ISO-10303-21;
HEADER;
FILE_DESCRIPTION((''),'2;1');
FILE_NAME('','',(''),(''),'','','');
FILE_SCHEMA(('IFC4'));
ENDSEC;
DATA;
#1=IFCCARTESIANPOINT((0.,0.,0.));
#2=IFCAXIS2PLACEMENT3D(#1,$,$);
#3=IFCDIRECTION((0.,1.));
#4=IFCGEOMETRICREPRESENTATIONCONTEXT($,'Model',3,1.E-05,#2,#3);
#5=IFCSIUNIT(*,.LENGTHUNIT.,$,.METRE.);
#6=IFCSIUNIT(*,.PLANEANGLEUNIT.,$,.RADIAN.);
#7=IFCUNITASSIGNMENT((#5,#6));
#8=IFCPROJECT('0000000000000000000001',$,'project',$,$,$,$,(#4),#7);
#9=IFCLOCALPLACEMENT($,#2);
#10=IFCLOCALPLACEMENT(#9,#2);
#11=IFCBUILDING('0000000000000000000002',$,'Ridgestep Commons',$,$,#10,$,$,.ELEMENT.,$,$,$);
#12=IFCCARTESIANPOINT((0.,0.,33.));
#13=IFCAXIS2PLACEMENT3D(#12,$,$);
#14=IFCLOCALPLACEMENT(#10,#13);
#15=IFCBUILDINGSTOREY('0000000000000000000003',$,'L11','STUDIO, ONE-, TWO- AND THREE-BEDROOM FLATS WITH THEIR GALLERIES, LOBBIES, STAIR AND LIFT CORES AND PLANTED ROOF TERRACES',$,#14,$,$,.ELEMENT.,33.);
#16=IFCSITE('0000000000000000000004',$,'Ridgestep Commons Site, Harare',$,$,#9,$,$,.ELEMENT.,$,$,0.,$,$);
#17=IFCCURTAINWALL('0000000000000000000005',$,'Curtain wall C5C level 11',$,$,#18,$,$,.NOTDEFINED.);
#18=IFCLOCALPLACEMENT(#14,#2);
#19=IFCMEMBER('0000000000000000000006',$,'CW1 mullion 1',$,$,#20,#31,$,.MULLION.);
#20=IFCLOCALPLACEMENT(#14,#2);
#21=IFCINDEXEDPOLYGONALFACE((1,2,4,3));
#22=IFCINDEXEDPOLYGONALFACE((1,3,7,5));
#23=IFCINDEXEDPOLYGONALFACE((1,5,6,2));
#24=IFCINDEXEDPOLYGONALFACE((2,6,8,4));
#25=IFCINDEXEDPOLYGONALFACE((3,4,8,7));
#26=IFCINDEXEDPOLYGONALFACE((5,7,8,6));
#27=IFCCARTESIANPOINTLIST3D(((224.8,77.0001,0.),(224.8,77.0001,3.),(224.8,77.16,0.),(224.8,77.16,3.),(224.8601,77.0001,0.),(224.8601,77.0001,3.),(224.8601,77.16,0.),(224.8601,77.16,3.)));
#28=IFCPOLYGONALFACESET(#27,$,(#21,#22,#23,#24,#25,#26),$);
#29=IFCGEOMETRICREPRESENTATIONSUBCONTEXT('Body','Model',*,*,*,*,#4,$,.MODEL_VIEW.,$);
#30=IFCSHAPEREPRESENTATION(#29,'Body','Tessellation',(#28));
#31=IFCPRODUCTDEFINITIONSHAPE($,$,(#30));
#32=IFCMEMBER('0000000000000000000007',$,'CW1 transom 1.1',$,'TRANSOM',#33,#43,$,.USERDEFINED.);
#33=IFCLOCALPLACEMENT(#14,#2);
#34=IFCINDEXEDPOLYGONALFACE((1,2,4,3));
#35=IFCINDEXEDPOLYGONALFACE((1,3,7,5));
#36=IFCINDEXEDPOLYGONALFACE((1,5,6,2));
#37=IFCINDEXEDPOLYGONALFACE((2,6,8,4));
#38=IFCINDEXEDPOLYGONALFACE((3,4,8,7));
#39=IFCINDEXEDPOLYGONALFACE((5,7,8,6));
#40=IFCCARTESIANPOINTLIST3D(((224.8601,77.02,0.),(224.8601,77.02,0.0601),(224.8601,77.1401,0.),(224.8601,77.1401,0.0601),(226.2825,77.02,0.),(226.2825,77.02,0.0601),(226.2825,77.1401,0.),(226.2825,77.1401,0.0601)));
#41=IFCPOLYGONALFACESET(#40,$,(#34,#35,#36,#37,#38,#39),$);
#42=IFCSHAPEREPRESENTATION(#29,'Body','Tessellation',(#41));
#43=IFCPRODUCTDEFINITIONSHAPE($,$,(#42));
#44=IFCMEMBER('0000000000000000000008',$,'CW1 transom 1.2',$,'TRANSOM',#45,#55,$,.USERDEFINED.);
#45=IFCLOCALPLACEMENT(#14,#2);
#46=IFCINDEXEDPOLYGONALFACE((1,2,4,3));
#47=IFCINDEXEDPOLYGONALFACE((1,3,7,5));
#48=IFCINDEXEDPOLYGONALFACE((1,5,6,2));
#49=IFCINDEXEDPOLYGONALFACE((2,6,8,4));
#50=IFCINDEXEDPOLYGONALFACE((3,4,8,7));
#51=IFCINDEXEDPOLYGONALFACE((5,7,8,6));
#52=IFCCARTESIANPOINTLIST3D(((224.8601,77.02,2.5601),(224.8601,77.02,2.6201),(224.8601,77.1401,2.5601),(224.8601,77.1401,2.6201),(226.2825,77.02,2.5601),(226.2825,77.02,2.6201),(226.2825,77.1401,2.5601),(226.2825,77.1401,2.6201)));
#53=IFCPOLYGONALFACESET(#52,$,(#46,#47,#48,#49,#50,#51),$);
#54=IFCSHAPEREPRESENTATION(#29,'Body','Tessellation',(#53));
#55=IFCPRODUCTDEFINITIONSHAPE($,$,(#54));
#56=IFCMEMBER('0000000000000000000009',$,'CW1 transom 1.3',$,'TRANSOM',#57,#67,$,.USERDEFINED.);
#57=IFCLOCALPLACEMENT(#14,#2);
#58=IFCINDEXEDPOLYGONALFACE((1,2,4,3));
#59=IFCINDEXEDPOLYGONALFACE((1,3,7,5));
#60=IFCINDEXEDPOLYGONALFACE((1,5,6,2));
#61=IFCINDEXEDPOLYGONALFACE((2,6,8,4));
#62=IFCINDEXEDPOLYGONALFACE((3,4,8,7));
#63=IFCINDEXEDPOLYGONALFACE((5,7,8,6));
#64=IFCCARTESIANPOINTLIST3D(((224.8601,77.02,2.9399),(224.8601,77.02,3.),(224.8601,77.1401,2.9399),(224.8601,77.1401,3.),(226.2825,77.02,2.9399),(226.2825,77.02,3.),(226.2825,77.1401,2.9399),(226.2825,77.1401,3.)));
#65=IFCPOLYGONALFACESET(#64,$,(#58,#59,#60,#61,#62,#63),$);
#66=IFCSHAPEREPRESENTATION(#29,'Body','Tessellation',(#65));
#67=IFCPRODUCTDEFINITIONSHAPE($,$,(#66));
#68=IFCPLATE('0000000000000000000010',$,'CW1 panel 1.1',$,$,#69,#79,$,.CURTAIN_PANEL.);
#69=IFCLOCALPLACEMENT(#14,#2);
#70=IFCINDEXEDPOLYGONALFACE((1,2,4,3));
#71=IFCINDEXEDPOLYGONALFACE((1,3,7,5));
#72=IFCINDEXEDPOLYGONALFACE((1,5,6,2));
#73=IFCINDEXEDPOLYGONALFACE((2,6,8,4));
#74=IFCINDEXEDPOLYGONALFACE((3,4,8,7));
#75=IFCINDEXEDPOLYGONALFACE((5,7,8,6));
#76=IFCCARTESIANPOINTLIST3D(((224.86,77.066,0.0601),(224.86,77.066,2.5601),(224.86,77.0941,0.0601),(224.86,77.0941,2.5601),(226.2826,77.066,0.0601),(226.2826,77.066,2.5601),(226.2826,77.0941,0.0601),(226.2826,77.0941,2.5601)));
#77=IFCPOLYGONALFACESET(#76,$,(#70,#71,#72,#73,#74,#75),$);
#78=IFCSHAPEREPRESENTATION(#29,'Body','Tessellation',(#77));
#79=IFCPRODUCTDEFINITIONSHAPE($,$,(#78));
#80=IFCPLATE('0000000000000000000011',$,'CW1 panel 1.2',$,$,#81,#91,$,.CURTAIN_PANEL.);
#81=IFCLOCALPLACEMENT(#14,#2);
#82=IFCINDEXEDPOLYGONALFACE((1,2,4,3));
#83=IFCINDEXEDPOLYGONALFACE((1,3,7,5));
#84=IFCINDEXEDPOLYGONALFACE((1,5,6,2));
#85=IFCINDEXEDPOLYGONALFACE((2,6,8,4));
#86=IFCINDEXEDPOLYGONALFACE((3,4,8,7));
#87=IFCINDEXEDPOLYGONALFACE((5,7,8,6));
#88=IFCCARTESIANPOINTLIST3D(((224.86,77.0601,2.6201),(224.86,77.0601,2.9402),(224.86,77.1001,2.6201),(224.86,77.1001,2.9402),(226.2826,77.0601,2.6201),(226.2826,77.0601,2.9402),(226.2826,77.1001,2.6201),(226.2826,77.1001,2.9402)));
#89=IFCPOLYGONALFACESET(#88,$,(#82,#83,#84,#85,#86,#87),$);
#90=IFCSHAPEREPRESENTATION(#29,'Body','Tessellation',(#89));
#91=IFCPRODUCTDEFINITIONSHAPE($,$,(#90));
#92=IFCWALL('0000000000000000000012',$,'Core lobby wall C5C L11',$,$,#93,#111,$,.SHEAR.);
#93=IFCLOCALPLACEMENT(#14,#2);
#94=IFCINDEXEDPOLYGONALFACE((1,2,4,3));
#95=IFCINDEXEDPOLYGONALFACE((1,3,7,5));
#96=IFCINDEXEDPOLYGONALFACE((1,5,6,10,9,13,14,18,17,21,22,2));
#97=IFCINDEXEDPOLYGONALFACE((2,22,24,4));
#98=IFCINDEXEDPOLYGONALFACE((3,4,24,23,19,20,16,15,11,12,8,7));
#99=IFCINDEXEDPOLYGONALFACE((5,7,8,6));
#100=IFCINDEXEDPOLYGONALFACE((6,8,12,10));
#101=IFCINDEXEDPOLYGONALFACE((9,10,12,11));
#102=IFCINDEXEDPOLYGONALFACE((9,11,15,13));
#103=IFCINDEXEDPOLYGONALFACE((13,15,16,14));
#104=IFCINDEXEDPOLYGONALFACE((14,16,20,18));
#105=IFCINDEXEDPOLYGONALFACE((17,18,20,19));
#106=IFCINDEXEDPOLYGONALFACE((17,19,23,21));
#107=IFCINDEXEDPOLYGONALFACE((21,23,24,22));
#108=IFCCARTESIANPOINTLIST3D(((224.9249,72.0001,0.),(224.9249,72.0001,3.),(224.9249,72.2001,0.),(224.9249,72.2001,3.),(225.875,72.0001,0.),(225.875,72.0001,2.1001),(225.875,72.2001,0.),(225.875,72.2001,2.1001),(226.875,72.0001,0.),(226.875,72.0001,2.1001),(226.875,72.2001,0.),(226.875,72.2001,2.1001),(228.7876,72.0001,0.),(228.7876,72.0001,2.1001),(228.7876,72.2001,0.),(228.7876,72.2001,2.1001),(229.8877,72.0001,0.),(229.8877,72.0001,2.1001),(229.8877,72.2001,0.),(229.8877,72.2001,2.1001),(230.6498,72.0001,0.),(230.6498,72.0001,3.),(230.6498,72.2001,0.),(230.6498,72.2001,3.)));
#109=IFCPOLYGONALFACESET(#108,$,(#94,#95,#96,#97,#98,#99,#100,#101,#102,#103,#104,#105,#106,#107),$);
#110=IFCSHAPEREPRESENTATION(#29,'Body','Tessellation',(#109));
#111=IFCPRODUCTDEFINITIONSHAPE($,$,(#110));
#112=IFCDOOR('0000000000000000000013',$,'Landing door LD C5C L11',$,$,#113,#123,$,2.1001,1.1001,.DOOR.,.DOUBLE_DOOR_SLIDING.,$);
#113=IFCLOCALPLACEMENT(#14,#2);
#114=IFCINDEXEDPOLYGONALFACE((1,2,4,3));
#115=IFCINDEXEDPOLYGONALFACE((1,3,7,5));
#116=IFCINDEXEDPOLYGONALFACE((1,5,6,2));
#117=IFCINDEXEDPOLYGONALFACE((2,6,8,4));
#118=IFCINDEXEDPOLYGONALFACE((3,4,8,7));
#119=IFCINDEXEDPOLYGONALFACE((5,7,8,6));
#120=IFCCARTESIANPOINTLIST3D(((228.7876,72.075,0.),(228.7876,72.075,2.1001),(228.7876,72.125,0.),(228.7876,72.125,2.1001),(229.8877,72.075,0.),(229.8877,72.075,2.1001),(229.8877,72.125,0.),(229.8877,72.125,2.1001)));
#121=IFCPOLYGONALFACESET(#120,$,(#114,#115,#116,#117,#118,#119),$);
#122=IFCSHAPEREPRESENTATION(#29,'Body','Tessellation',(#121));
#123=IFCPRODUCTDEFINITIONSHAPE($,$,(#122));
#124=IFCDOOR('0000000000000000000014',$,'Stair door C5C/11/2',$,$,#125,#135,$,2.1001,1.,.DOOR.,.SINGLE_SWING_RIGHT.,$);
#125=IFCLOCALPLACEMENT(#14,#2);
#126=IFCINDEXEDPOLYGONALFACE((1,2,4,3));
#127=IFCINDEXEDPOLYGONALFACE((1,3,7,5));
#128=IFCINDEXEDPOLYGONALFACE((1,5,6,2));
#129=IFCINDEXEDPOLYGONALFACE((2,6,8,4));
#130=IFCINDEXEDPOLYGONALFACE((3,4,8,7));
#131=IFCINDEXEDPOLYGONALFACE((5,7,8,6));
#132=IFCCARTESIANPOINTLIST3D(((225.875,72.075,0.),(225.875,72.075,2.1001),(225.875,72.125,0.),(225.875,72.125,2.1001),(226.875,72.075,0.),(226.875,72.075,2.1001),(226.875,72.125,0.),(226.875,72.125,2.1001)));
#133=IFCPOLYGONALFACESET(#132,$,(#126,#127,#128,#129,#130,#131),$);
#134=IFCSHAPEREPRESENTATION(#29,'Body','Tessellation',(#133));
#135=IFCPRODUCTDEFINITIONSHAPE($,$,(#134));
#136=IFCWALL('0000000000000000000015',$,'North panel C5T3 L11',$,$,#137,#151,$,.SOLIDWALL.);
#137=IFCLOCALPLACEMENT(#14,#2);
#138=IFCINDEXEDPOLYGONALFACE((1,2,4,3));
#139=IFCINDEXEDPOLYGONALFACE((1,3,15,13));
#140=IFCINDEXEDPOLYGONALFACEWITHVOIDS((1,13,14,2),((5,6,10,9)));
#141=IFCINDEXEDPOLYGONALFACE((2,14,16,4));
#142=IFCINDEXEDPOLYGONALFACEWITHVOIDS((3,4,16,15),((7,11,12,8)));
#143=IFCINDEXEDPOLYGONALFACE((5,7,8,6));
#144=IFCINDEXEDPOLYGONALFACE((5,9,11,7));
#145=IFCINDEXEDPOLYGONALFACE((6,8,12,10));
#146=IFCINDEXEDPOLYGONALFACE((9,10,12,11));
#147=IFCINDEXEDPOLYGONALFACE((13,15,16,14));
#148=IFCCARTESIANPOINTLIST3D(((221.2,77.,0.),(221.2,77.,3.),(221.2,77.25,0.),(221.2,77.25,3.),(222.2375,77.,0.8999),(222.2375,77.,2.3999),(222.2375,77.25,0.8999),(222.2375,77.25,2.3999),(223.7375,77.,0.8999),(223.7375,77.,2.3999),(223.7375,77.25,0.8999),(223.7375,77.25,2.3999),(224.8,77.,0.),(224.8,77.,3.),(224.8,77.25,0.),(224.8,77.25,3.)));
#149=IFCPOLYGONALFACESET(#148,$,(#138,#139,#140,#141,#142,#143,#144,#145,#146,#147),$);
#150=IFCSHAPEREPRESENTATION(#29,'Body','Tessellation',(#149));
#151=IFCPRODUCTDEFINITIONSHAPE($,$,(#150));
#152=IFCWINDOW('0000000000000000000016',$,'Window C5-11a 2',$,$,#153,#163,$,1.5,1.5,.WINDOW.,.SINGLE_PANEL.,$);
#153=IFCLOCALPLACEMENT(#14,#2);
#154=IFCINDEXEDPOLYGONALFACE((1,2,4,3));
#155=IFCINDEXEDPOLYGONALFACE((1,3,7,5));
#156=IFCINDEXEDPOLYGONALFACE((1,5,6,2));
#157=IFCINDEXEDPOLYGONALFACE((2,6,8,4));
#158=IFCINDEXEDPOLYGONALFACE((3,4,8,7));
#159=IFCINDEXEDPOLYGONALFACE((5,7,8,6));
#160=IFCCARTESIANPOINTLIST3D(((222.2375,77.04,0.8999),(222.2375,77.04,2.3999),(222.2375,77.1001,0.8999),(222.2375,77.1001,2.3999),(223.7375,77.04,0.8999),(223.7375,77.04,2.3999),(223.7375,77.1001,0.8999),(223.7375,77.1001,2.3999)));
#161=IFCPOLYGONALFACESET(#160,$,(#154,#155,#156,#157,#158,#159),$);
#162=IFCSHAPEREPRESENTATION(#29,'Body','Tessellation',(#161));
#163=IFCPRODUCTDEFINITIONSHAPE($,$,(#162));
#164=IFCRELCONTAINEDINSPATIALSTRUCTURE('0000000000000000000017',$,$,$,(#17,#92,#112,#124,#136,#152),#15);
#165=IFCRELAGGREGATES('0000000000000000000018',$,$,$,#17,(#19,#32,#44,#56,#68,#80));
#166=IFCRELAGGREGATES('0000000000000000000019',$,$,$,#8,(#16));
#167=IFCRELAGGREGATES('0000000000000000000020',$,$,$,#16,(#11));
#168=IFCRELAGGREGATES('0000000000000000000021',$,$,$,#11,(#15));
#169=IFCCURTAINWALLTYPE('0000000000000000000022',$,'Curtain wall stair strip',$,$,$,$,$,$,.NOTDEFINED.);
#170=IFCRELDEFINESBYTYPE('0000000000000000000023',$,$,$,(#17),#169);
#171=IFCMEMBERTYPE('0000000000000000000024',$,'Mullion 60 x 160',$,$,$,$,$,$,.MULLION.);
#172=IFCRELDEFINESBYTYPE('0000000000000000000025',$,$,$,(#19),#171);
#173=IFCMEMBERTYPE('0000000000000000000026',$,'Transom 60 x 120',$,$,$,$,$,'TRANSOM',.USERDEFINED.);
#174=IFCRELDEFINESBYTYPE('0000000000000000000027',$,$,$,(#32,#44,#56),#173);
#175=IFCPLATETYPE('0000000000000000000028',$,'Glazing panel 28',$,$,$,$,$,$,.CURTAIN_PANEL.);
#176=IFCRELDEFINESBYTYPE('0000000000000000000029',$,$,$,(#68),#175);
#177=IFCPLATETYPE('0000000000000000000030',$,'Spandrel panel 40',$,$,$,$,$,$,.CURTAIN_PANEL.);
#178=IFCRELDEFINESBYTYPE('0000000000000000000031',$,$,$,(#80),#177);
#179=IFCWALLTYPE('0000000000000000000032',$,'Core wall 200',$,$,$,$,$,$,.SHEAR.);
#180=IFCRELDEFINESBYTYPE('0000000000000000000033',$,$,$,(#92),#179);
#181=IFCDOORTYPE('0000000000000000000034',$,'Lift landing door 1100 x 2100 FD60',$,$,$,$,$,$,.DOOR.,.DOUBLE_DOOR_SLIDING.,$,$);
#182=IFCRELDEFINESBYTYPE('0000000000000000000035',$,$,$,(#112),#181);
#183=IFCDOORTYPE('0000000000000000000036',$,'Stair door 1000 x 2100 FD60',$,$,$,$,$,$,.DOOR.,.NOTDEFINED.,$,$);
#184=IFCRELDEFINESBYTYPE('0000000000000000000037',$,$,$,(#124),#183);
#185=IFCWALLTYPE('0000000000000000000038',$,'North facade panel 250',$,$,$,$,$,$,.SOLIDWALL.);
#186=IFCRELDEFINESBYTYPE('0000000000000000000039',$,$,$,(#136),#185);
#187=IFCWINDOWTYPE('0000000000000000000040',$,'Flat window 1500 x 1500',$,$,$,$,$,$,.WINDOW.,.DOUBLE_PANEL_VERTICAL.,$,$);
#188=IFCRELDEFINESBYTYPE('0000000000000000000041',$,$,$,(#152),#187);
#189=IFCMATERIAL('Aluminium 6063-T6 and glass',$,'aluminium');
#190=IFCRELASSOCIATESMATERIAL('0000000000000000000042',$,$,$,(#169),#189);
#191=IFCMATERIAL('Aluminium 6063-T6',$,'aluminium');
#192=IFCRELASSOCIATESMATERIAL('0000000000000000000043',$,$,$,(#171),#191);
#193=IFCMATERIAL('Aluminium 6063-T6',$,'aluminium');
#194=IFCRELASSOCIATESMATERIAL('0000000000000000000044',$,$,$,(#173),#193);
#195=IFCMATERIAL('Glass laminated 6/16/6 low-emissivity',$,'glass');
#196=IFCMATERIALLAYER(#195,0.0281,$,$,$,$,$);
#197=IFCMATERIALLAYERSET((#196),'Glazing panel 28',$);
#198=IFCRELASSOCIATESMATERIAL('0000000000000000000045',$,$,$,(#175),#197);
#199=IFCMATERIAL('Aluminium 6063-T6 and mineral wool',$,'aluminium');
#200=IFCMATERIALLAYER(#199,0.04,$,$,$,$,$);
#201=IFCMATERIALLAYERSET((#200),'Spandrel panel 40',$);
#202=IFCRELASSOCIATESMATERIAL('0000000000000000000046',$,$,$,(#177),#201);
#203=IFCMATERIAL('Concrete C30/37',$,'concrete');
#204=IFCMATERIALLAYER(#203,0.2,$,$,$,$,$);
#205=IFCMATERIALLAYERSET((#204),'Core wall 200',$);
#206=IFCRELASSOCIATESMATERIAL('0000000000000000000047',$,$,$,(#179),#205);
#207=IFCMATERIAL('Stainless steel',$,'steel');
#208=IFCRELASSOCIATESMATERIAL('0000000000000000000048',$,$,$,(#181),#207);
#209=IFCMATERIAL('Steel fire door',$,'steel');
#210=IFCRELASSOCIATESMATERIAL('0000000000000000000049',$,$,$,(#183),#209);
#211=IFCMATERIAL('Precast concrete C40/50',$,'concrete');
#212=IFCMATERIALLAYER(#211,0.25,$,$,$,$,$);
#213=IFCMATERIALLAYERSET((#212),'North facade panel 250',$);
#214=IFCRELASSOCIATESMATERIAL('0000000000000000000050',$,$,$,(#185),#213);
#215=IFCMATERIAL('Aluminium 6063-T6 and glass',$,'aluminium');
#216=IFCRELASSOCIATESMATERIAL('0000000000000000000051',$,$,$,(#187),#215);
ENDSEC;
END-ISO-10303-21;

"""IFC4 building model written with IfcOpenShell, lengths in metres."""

from ifc_helpers import new_model, si_unit, direction, frame, frame_2d, origin, origin_2d, place, context, subcontext, project, spatial, rectangle, extrude, material, layer, layer_set, material_profile, profile_set, type_object, element, fill, aggregate, save


model = new_model("IFC4")

# Units and contexts
model_context = context("Model", 3, precision=1e-05, world=origin(), true_north=direction((0.0, 1.0)))
body_context = subcontext(model_context, "Body", "Model", "MODEL_VIEW")
ifc_project = project(units=[si_unit("LENGTHUNIT", "METRE"), si_unit("PLANEANGLEUNIT", "RADIAN")], contexts=[model_context])

# Site, building, storey
site_placement = place(None, origin())
site = spatial("IfcSite", under=ifc_project, at=site_placement, Name="Ridgestep Commons Site, Harare", CompositionType="ELEMENT", RefElevation=0.0)
building_placement = place(site_placement, origin())
building = spatial("IfcBuilding", under=site, at=building_placement, Name="Ridgestep Commons", CompositionType="ELEMENT")
storey_placement = place(building_placement, frame((0.0, 0.0, 33.0)))
storey = spatial("IfcBuildingStorey", under=building, at=storey_placement, Name="L11", Description="STUDIO, ONE-, TWO- AND THREE-BEDROOM FLATS WITH THEIR GALLERIES, LOBBIES, STAIR AND LIFT CORES AND PLANTED ROOF TERRACES", CompositionType="ELEMENT", Elevation=33.0)

# Curtain wall, members, plates
ifc_material_1 = material(Name="Aluminium 6063-T6 and glass", Category="aluminium")
curtain_wall_type = type_object("IfcCurtainWallType", Name="Curtain wall stair strip", PredefinedType="NOTDEFINED", material=ifc_material_1)
curtain_wall_placement = place(storey_placement, origin())
curtain_wall = element("IfcCurtainWall", 1, at=curtain_wall_placement, inside=storey, type_object=curtain_wall_type, Name="Curtain wall C5C level 11", PredefinedType="NOTDEFINED")
ifc_material_2 = material(Name="Aluminium 6063-T6", Category="aluminium")
ifc_material_profile_1 = material_profile(ifc_material_2, rectangle(XDim=0.1599, YDim=0.0601, at=origin_2d()), Name="Mullion 60 x 160")
ifc_profile_set_1 = profile_set([ifc_material_profile_1], Name="Aluminium 6063-T6")
member_type_1 = type_object("IfcMemberType", Name="Mullion 60 x 160", PredefinedType="MULLION", material=ifc_profile_set_1)
member_1_placement = place(storey_placement, frame((224.8301, 77.0801, 0.0), z_axis=(0.0, 0.0, 1.0), x_axis=(0.0, 1.0, 0.0)))
member_1 = element("IfcMember", 2, at=member_1_placement, type_object=member_type_1, Name="CW1 mullion 1", PredefinedType="MULLION", context=body_context, shape_type="SweptSolid", body=[
    extrude(rectangle(XDim=0.1599, YDim=0.0601, at=origin_2d()), origin(), (0.0, 0.0, 1.0), 3.0),
])
ifc_material_3 = material(Name="Aluminium 6063-T6", Category="aluminium")
ifc_material_profile_2 = material_profile(ifc_material_3, rectangle(XDim=0.1201, YDim=0.0601, at=origin_2d()), Name="Transom 60 x 120")
ifc_profile_set_2 = profile_set([ifc_material_profile_2], Name="Aluminium 6063-T6")
member_type_2 = type_object("IfcMemberType", Name="Transom 60 x 120", ElementType="TRANSOM", PredefinedType="USERDEFINED", material=ifc_profile_set_2)
member_2_placement = place(storey_placement, frame((224.8601, 77.0801, 0.03), z_axis=(1.0, 0.0, 0.0), x_axis=(0.0, 1.0, 0.0)))
member_2 = element("IfcMember", 3, at=member_2_placement, type_object=member_type_2, Name="CW1 transom 1.1", ObjectType="TRANSOM", PredefinedType="USERDEFINED", context=body_context, shape_type="SweptSolid", body=[
    extrude(rectangle(XDim=0.1201, YDim=0.0601, at=origin_2d()), origin(), (0.0, 0.0, 1.0), 1.4224),
])
member_3_placement = place(storey_placement, frame((224.8601, 77.0801, 2.5901), z_axis=(1.0, 0.0, 0.0), x_axis=(0.0, 1.0, 0.0)))
member_3 = element("IfcMember", 4, at=member_3_placement, type_object=member_type_2, Name="CW1 transom 1.2", ObjectType="TRANSOM", PredefinedType="USERDEFINED", context=body_context, shape_type="SweptSolid", body=[
    extrude(rectangle(XDim=0.1201, YDim=0.0601, at=origin_2d()), origin(), (0.0, 0.0, 1.0), 1.4224),
])
member_4_placement = place(storey_placement, frame((224.8601, 77.0801, 2.97), z_axis=(1.0, 0.0, 0.0), x_axis=(0.0, 1.0, 0.0)))
member_4 = element("IfcMember", 5, at=member_4_placement, type_object=member_type_2, Name="CW1 transom 1.3", ObjectType="TRANSOM", PredefinedType="USERDEFINED", context=body_context, shape_type="SweptSolid", body=[
    extrude(rectangle(XDim=0.1201, YDim=0.0601, at=origin_2d()), origin(), (0.0, 0.0, 1.0), 1.4224),
])
ifc_material_4 = material(Name="Glass laminated 6/16/6 low-emissivity", Category="glass")
ifc_layer_1 = layer(ifc_material_4, 0.0281)
ifc_layer_set_1 = layer_set([ifc_layer_1], Name="Glazing panel 28")
plate_type_1 = type_object("IfcPlateType", Name="Glazing panel 28", PredefinedType="CURTAIN_PANEL", material=ifc_layer_set_1)
plate_1_placement = place(storey_placement, frame((225.5713, 77.0801, 0.0601), z_axis=(0.0, 0.0, 1.0), x_axis=(1.0, 0.0, 0.0)))
plate_1 = element("IfcPlate", 6, at=plate_1_placement, type_object=plate_type_1, Name="CW1 panel 1.1", PredefinedType="CURTAIN_PANEL", context=body_context, shape_type="SweptSolid", body=[
    extrude(rectangle(XDim=1.4226, YDim=0.0281, at=origin_2d()), origin(), (0.0, 0.0, 1.0), 2.5),
])
ifc_material_5 = material(Name="Aluminium 6063-T6 and mineral wool", Category="aluminium")
ifc_layer_2 = layer(ifc_material_5, 0.04)
ifc_layer_set_2 = layer_set([ifc_layer_2], Name="Spandrel panel 40")
plate_type_2 = type_object("IfcPlateType", Name="Spandrel panel 40", PredefinedType="CURTAIN_PANEL", material=ifc_layer_set_2)
plate_2_placement = place(storey_placement, frame((225.5713, 77.0801, 2.6201), z_axis=(0.0, 0.0, 1.0), x_axis=(1.0, 0.0, 0.0)))
plate_2 = element("IfcPlate", 7, at=plate_2_placement, type_object=plate_type_2, Name="CW1 panel 1.2", PredefinedType="CURTAIN_PANEL", context=body_context, shape_type="SweptSolid", body=[
    extrude(rectangle(XDim=1.4226, YDim=0.04, at=origin_2d()), origin(), (0.0, 0.0, 1.0), 0.3201),
])
aggregate(curtain_wall, [member_1, member_2, member_3, member_4, plate_1, plate_2])

# Wall, openings, doors
ifc_material_6 = material(Name="Concrete C30/37", Category="concrete")
ifc_layer_3 = layer(ifc_material_6, 0.2)
ifc_layer_set_3 = layer_set([ifc_layer_3], Name="Core wall 200")
wall_type_1 = type_object("IfcWallType", Name="Core wall 200", PredefinedType="SHEAR", material=ifc_layer_set_3)
wall_1_placement = place(storey_placement, frame((224.925, 72.1001, 0.0), z_axis=(0.0, 0.0, 1.0), x_axis=(1.0, 0.0, 0.0)))
wall_1 = element("IfcWall", 8, at=wall_1_placement, inside=storey, type_object=wall_type_1, Name="Core lobby wall C5C L11", PredefinedType="SHEAR", context=body_context, shape_type="SweptSolid", body=[
    extrude(rectangle(XDim=5.7249, YDim=0.2, at=frame_2d((2.8623, 0.0))), origin(), (0.0, 0.0, 1.0), 3.0),
])
opening_1_placement = place(wall_1_placement, frame((0.95, 0.0, 0.0)))
opening_1 = element("IfcOpeningElement", 9, at=opening_1_placement, cuts=wall_1, PredefinedType="OPENING", context=body_context, shape_type="SweptSolid", body=[
    extrude(rectangle(XDim=1.0, YDim=2.1001, at=frame_2d((0.5, 1.05))), frame((0.0, 0.1099, 0.0), z_axis=(0.0, -1.0, 0.0), x_axis=(1.0, 0.0, 0.0)), (0.0, 0.0, 1.0), 0.22),
])
opening_2_placement = place(wall_1_placement, frame((3.8625, 0.0, 0.0)))
opening_2 = element("IfcOpeningElement", 10, at=opening_2_placement, cuts=wall_1, PredefinedType="OPENING", context=body_context, shape_type="SweptSolid", body=[
    extrude(rectangle(XDim=1.1001, YDim=2.1001, at=frame_2d((0.55, 1.05))), frame((0.0, 0.1099, 0.0), z_axis=(0.0, -1.0, 0.0), x_axis=(1.0, 0.0, 0.0)), (0.0, 0.0, 1.0), 0.22),
])
ifc_material_7 = material(Name="Stainless steel", Category="steel")
door_type_1 = type_object("IfcDoorType", Name="Lift landing door 1100 x 2100 FD60", OperationType="DOUBLE_DOOR_SLIDING", PredefinedType="DOOR", material=ifc_material_7)
door_1_placement = place(opening_2_placement, origin())
door_1 = element("IfcDoor", 11, at=door_1_placement, inside=storey, type_object=door_type_1, Name="Landing door LD C5C L11", OperationType="DOUBLE_DOOR_SLIDING", OverallHeight=2.1001, OverallWidth=1.1001, PredefinedType="DOOR", context=body_context, shape_type="SweptSolid", body=[
    extrude(rectangle(XDim=1.1001, YDim=2.1001, at=frame_2d((0.55, 1.05))), frame((0.0, 0.0249, 0.0), z_axis=(0.0, -1.0, 0.0), x_axis=(1.0, 0.0, 0.0)), (0.0, 0.0, 1.0), 0.05),
])
fill(opening_2, door_1)
ifc_material_8 = material(Name="Steel fire door", Category="steel")
door_type_2 = type_object("IfcDoorType", Name="Stair door 1000 x 2100 FD60", OperationType="NOTDEFINED", PredefinedType="DOOR", material=ifc_material_8)
door_2_placement = place(opening_1_placement, origin())
door_2 = element("IfcDoor", 12, at=door_2_placement, inside=storey, type_object=door_type_2, Name="Stair door C5C/11/2", OperationType="SINGLE_SWING_RIGHT", OverallHeight=2.1001, OverallWidth=1.0, PredefinedType="DOOR", context=body_context, shape_type="SweptSolid", body=[
    extrude(rectangle(XDim=1.0, YDim=2.1001, at=frame_2d((0.5, 1.05))), frame((0.0, 0.0249, 0.0), z_axis=(0.0, -1.0, 0.0), x_axis=(1.0, 0.0, 0.0)), (0.0, 0.0, 1.0), 0.05),
])
fill(opening_1, door_2)

# Wall, opening, window
ifc_material_9 = material(Name="Precast concrete C40/50", Category="concrete")
ifc_layer_4 = layer(ifc_material_9, 0.25)
ifc_layer_set_4 = layer_set([ifc_layer_4], Name="North facade panel 250")
wall_type_2 = type_object("IfcWallType", Name="North facade panel 250", PredefinedType="SOLIDWALL", material=ifc_layer_set_4)
wall_2_placement = place(storey_placement, frame((221.2, 77.125, 0.0), z_axis=(0.0, 0.0, 1.0), x_axis=(1.0, 0.0, 0.0)))
wall_2 = element("IfcWall", 13, at=wall_2_placement, inside=storey, type_object=wall_type_2, Name="North panel C5T3 L11", PredefinedType="SOLIDWALL", context=body_context, shape_type="SweptSolid", body=[
    extrude(rectangle(XDim=3.6001, YDim=0.25, at=frame_2d((1.8, 0.0))), origin(), (0.0, 0.0, 1.0), 3.0),
])
opening_3_placement = place(wall_2_placement, frame((1.0376, 0.0, 0.8999)))
opening_3 = element("IfcOpeningElement", 14, at=opening_3_placement, cuts=wall_2, PredefinedType="OPENING", context=body_context, shape_type="SweptSolid", body=[
    extrude(rectangle(XDim=1.5, YDim=1.5, at=frame_2d((0.75, 0.75))), frame((0.0, 0.135, 0.0), z_axis=(0.0, -1.0, 0.0), x_axis=(1.0, 0.0, 0.0)), (0.0, 0.0, 1.0), 0.27),
])
ifc_material_10 = material(Name="Aluminium 6063-T6 and glass", Category="aluminium")
window_type = type_object("IfcWindowType", Name="Flat window 1500 x 1500", PartitioningType="DOUBLE_PANEL_VERTICAL", PredefinedType="WINDOW", material=ifc_material_10)
window_placement = place(opening_3_placement, origin())
window = element("IfcWindow", 15, at=window_placement, inside=storey, type_object=window_type, Name="Window C5-11a 2", OverallHeight=1.5, OverallWidth=1.5, PartitioningType="SINGLE_PANEL", PredefinedType="WINDOW", context=body_context, shape_type="SweptSolid", body=[
    extrude(rectangle(XDim=1.5, YDim=1.5, at=frame_2d((0.75, 0.75))), frame((0.0, -0.0249, 0.0), z_axis=(0.0, -1.0, 0.0), x_axis=(1.0, 0.0, 0.0)), (0.0, 0.0, 1.0), 0.0601),
])
fill(opening_3, window)

save(model, "model.ifc")
